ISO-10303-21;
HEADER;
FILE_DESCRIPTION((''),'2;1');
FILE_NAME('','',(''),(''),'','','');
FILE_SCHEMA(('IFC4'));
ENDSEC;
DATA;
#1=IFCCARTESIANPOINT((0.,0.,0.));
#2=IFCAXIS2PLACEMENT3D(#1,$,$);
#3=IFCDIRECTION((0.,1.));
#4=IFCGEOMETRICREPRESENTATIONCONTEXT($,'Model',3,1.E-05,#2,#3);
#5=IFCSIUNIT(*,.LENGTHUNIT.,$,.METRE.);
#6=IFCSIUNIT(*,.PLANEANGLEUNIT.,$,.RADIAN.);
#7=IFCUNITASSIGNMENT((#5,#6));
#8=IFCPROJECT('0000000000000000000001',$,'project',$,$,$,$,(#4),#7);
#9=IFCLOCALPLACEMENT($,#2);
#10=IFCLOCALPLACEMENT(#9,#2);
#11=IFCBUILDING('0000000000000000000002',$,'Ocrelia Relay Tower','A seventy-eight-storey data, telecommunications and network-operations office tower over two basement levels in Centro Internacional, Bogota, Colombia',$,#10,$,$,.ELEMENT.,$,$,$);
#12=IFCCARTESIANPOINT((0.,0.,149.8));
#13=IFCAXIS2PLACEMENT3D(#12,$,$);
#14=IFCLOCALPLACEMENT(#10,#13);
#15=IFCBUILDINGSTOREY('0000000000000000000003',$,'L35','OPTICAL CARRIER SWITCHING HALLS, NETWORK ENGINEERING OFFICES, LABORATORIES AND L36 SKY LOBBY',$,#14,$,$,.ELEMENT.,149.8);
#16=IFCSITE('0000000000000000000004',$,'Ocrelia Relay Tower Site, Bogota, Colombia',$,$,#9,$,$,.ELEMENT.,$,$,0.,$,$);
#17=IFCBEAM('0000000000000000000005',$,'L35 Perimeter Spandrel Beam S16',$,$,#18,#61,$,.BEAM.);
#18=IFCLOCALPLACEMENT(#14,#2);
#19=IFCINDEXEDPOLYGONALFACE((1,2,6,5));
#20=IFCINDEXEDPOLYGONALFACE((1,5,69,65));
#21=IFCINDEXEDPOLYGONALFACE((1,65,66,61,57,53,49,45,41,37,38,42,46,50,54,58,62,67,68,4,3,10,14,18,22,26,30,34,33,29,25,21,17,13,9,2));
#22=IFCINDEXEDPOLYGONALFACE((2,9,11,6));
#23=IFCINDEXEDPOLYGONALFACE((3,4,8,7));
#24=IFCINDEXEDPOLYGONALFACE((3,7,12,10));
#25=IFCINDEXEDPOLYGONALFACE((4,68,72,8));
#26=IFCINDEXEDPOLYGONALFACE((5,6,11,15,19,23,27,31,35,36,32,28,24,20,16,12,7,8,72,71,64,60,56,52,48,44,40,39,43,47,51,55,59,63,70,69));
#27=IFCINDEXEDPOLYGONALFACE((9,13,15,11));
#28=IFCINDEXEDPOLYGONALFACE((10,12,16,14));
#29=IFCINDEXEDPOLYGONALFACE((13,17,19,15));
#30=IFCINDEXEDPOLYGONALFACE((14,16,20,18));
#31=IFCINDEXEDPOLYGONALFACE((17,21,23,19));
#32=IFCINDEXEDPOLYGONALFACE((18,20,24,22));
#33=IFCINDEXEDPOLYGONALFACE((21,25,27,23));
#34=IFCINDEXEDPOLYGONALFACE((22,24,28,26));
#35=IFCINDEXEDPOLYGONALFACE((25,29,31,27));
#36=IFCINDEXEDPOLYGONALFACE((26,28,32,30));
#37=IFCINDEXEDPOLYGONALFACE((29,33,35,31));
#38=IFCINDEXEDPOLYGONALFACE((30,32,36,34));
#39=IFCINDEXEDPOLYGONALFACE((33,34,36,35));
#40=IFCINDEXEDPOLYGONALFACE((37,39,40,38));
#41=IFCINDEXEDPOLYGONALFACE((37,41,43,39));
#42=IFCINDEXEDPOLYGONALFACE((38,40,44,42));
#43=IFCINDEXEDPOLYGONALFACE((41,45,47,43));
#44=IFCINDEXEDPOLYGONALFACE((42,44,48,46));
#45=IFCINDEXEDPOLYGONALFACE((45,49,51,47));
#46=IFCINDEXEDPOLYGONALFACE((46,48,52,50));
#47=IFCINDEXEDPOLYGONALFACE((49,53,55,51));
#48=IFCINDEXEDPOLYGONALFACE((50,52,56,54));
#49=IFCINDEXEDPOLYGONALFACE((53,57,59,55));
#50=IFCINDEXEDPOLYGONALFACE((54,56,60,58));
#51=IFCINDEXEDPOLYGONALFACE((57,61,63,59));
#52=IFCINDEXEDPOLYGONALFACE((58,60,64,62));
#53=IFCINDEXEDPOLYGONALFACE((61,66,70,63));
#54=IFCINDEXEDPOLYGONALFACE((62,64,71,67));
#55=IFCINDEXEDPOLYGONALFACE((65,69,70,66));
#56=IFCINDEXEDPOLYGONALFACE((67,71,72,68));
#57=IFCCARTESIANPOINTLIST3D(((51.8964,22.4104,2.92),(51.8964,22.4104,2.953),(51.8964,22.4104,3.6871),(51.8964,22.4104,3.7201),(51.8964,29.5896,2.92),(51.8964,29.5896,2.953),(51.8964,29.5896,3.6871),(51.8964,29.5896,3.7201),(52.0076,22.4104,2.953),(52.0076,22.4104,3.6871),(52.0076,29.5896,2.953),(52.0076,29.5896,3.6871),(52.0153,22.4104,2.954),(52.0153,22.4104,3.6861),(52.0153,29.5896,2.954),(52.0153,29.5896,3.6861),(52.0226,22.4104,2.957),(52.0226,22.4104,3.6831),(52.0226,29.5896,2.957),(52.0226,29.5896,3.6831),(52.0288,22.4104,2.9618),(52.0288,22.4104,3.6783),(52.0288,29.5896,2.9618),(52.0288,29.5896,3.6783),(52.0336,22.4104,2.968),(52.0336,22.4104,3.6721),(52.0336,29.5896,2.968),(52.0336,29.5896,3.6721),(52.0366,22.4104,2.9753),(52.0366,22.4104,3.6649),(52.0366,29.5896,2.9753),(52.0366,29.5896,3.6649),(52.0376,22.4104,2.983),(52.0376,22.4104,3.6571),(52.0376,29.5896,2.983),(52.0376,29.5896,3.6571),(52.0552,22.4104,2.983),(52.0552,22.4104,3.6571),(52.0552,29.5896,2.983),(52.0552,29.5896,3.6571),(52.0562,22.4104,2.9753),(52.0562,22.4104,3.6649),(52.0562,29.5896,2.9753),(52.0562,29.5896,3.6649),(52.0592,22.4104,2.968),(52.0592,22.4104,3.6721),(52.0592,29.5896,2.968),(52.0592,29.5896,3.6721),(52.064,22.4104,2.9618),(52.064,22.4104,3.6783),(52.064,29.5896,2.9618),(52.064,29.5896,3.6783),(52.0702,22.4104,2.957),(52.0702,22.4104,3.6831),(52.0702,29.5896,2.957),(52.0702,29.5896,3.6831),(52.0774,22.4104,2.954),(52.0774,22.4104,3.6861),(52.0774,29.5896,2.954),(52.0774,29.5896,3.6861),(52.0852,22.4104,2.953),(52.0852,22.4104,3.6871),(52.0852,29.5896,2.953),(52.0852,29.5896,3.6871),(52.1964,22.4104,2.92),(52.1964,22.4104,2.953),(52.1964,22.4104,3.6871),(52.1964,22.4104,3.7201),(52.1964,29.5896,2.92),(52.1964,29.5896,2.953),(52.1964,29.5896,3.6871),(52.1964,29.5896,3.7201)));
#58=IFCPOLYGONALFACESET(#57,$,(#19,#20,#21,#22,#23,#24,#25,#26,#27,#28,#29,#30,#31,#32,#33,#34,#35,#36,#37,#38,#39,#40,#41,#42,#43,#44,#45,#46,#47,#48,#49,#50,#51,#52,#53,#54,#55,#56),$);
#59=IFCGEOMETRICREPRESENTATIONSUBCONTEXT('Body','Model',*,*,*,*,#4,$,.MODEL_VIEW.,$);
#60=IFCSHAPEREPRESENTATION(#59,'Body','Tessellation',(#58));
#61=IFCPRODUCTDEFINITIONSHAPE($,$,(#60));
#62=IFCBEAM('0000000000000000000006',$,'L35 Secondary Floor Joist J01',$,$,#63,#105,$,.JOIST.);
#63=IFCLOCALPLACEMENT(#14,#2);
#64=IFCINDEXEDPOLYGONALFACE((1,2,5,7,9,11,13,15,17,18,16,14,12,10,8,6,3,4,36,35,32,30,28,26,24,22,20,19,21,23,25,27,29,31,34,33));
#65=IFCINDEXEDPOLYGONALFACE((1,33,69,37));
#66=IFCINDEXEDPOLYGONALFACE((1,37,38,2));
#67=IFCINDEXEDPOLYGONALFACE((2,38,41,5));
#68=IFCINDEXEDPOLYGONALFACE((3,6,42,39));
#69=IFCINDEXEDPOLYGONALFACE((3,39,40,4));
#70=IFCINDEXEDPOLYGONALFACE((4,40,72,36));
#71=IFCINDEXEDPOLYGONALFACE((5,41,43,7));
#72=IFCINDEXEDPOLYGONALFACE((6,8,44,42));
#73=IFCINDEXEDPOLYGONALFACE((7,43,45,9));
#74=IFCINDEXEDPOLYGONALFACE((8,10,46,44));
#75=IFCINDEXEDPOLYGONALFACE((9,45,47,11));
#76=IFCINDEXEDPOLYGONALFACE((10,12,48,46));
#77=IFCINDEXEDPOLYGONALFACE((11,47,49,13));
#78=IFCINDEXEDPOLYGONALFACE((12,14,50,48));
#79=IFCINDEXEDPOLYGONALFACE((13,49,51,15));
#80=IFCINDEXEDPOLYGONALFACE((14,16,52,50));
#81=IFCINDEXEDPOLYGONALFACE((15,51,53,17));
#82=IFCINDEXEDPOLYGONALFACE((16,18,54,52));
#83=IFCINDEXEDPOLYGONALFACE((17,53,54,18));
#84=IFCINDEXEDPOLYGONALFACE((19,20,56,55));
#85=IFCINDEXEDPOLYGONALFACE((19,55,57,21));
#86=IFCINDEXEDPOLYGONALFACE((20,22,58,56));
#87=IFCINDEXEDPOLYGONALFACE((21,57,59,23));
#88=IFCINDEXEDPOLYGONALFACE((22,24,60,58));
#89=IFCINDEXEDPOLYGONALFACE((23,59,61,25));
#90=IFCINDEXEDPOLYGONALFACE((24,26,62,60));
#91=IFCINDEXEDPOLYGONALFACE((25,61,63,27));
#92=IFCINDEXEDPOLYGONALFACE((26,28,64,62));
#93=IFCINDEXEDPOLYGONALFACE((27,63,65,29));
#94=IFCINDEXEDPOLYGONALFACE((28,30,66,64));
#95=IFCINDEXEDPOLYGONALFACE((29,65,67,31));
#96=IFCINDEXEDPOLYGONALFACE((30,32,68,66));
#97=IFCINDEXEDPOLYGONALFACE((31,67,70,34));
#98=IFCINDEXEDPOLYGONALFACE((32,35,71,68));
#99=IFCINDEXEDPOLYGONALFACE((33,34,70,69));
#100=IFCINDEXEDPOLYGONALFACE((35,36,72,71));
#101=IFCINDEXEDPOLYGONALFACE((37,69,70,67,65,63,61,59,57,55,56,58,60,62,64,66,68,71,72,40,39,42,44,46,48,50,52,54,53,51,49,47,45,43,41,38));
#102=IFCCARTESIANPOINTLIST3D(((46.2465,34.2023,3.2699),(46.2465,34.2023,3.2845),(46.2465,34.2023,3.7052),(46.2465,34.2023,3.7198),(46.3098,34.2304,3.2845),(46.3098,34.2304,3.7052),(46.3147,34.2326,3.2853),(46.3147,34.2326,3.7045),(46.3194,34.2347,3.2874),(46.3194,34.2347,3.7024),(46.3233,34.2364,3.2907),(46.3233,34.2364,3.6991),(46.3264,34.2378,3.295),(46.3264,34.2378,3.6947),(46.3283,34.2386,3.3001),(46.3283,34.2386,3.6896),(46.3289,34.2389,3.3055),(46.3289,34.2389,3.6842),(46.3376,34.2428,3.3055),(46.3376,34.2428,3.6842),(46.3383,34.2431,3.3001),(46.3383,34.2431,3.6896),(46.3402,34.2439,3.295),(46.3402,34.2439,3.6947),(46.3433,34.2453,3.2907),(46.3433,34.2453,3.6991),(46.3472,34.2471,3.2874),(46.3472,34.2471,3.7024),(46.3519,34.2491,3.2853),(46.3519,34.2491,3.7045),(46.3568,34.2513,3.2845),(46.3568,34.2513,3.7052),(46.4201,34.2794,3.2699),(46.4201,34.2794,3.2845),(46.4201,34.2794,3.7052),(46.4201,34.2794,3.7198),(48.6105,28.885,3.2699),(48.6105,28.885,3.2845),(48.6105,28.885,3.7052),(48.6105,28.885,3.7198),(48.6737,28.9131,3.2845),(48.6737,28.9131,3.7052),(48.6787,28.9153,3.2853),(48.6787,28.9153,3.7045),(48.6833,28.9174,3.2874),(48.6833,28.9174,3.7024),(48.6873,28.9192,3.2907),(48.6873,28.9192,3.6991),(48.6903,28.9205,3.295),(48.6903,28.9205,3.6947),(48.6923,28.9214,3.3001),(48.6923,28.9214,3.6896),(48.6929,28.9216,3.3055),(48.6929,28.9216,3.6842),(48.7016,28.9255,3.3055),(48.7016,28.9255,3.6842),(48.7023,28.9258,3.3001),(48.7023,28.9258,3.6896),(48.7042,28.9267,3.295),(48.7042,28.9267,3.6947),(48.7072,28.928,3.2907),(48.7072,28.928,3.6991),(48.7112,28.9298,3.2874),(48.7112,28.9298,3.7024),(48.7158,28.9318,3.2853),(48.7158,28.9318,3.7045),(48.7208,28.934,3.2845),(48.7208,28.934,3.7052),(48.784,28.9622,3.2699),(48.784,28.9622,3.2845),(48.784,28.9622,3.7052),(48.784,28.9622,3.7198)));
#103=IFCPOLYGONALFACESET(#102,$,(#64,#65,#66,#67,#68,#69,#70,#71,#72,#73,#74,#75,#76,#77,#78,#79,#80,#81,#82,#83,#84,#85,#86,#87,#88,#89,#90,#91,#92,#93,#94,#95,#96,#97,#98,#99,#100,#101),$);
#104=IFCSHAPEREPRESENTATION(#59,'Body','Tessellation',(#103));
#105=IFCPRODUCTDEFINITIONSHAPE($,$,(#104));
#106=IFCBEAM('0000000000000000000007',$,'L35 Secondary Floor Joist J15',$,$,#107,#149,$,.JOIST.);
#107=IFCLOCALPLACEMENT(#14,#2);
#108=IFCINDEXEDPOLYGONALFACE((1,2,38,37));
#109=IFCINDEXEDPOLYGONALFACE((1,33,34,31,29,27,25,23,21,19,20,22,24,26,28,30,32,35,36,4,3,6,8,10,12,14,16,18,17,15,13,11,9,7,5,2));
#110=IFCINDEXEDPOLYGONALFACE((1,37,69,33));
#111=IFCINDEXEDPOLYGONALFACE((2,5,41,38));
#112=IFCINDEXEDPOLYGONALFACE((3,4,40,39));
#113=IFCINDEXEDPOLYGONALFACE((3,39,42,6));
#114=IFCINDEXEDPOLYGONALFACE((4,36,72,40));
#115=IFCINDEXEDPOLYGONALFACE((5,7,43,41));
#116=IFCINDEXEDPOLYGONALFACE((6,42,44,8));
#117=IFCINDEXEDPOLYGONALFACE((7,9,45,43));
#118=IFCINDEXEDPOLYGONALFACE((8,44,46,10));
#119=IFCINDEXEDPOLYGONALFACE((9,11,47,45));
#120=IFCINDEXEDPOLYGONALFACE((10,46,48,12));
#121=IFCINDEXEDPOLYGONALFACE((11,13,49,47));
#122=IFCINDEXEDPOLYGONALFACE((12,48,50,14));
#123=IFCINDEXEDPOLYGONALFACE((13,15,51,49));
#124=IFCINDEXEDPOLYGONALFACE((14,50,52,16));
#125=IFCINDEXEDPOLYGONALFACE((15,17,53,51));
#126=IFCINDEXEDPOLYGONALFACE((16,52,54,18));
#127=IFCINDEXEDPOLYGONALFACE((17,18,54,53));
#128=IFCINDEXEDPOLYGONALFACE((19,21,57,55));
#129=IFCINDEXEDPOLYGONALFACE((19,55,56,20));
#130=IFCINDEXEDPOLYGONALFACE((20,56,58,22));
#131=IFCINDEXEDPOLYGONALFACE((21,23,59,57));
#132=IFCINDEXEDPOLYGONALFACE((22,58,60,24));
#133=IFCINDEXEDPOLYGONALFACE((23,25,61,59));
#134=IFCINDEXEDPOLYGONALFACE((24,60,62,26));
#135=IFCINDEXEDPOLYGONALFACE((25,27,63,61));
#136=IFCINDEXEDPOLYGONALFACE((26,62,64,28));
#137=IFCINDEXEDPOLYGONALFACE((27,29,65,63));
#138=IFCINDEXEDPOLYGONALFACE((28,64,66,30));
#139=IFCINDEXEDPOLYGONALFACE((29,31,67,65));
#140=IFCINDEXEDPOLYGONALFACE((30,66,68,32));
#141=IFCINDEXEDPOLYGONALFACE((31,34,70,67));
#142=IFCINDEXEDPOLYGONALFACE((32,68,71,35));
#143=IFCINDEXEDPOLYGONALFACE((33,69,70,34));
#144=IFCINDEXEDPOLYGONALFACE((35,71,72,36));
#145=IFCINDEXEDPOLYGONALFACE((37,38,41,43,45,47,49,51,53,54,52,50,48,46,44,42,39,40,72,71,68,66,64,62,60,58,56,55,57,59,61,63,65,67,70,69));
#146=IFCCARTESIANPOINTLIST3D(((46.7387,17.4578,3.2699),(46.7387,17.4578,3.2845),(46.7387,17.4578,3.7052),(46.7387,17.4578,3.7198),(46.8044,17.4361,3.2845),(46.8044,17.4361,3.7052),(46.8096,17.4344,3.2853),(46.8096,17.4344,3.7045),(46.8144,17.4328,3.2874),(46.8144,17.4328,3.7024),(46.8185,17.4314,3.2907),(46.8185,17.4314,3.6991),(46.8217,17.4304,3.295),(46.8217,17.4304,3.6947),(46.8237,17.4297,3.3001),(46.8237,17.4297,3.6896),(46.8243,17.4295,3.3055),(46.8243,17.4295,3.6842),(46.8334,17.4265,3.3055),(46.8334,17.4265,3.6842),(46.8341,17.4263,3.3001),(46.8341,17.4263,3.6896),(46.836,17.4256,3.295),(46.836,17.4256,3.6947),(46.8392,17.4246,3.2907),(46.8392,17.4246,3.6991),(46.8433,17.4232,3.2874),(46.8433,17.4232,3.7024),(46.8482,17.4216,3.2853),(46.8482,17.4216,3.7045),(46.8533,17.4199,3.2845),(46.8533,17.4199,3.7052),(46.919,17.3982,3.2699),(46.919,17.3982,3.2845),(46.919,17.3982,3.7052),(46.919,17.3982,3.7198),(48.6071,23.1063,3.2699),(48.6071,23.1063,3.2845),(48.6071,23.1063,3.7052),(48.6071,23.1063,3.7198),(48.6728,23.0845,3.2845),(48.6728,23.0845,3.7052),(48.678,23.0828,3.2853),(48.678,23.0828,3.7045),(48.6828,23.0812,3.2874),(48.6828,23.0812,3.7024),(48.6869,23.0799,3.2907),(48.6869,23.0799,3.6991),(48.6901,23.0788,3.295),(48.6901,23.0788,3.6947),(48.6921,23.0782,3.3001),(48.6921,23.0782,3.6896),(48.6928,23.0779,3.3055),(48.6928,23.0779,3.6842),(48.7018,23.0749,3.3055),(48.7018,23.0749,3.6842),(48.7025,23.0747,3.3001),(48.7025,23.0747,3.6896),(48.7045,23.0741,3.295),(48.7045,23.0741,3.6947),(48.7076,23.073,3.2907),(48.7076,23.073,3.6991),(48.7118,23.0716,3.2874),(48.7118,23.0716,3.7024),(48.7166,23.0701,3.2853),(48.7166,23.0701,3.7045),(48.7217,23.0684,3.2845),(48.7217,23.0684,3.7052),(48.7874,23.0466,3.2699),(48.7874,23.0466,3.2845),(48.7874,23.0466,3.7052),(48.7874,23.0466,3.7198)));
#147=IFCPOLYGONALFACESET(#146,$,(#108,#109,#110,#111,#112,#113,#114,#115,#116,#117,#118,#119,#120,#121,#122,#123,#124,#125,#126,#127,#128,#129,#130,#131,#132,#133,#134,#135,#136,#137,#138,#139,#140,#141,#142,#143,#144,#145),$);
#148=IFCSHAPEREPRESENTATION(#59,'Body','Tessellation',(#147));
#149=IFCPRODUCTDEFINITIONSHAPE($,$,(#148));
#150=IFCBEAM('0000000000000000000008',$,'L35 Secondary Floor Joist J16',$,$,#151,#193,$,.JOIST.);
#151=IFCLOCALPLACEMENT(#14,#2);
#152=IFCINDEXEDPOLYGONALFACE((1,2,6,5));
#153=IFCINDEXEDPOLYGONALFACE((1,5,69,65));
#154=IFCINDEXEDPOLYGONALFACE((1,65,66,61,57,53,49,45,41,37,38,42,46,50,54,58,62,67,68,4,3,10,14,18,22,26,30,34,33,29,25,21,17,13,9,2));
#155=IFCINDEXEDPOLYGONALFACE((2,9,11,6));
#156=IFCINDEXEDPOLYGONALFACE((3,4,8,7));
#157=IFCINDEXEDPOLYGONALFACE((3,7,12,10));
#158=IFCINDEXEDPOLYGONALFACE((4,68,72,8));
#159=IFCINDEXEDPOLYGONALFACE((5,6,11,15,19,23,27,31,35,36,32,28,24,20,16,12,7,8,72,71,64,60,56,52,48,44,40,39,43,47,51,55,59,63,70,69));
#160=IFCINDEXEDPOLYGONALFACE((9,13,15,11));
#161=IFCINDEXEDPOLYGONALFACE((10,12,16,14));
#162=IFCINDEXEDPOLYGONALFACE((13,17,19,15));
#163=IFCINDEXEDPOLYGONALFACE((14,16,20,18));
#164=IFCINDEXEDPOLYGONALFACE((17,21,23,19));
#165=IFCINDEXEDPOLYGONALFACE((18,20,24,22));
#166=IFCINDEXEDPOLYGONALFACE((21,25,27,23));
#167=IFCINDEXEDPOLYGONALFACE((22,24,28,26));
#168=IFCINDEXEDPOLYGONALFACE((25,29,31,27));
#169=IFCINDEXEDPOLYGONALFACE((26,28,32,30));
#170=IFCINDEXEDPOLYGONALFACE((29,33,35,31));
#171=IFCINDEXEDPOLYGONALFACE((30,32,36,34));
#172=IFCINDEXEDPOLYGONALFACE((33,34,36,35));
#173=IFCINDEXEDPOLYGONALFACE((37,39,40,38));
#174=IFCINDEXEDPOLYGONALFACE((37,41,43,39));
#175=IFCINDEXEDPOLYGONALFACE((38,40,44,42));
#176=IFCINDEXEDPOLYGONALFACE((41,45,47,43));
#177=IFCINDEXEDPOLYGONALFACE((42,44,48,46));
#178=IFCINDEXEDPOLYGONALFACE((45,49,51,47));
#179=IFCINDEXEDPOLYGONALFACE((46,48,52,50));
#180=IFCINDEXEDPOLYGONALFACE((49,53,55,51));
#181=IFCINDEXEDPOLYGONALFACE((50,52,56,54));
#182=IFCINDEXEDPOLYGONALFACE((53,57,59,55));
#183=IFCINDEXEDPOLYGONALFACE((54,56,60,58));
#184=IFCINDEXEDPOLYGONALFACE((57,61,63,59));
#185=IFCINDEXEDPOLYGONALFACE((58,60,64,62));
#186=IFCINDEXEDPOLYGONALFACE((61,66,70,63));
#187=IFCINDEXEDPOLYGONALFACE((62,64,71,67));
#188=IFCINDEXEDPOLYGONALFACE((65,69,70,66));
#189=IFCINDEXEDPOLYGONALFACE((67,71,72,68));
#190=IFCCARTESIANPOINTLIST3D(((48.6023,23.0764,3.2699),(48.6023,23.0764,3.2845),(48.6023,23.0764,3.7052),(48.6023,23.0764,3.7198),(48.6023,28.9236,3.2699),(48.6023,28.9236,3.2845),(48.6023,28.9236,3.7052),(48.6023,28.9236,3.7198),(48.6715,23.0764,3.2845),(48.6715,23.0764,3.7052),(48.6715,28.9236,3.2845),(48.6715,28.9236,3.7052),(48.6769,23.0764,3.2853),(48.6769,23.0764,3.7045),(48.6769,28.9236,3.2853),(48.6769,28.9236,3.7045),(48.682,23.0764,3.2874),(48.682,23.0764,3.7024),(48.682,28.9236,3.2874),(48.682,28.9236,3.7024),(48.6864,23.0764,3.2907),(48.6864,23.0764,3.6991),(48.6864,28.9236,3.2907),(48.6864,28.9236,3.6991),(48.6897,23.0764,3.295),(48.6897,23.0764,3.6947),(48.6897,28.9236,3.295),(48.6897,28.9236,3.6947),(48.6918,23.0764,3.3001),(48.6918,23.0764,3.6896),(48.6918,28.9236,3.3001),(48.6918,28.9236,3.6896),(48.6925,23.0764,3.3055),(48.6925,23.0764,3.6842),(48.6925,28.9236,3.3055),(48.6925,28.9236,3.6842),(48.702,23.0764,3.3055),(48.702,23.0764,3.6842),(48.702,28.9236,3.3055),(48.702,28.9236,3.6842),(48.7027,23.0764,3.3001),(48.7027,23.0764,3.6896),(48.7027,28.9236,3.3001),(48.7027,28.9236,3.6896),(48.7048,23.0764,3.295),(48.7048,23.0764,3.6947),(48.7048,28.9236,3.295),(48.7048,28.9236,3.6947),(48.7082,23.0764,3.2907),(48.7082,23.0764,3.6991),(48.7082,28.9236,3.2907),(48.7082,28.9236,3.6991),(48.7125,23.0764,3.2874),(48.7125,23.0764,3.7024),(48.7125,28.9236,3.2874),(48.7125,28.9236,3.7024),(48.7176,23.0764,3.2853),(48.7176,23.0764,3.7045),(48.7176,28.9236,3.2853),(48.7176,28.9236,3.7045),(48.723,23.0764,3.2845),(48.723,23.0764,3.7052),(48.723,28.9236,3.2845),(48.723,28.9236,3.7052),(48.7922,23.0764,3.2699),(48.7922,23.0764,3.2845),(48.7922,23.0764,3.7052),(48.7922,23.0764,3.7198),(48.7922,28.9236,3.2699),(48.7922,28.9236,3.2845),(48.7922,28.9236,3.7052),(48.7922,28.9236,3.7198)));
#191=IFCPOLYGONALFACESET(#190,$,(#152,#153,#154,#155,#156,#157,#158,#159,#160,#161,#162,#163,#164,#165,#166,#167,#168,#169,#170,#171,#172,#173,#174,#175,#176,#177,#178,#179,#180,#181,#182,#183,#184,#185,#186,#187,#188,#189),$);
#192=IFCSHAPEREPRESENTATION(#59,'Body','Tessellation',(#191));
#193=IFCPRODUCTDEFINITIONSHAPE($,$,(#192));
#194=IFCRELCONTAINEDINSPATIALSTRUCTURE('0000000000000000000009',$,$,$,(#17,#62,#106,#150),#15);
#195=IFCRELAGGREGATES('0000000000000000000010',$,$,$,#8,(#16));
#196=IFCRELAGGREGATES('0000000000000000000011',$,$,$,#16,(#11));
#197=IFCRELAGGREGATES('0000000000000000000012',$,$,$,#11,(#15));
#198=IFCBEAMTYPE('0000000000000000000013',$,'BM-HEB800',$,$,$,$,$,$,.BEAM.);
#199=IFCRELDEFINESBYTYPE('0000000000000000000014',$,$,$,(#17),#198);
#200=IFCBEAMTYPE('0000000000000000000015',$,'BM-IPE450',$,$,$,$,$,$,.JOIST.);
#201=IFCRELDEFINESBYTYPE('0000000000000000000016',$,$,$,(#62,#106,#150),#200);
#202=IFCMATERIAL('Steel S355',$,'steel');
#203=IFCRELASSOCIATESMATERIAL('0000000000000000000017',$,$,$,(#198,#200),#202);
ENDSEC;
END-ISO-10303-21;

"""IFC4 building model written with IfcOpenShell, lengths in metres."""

from ifc_helpers import new_model, si_unit, direction, frame, origin, origin_2d, place, context, subcontext, project, spatial, i_section, extrude, material, material_profile, profile_set, type_object, element, save


model = new_model("IFC4")

# Units and contexts
model_context = context("Model", 3, precision=1e-05, world=origin(), true_north=direction((0.0, 1.0)))
body_context = subcontext(model_context, "Body", "Model", "MODEL_VIEW")
ifc_project = project(units=[si_unit("LENGTHUNIT", "METRE"), si_unit("PLANEANGLEUNIT", "RADIAN")], contexts=[model_context])

# Site, building, storey
site_placement = place(None, origin())
site = spatial("IfcSite", under=ifc_project, at=site_placement, Name="Ocrelia Relay Tower Site, Bogota, Colombia", CompositionType="ELEMENT", RefElevation=0.0)
building_placement = place(site_placement, origin())
building = spatial("IfcBuilding", under=site, at=building_placement, Name="Ocrelia Relay Tower", Description="A seventy-eight-storey data, telecommunications and network-operations office tower over two basement levels in Centro Internacional, Bogota, Colombia", CompositionType="ELEMENT")
storey_placement = place(building_placement, frame((0.0, 0.0, 149.8)))
storey = spatial("IfcBuildingStorey", under=building, at=storey_placement, Name="L35", Description="OPTICAL CARRIER SWITCHING HALLS, NETWORK ENGINEERING OFFICES, LABORATORIES AND L36 SKY LOBBY", CompositionType="ELEMENT", Elevation=149.8)

# Beams
ifc_material_1 = material(Name="Steel S355", Category="steel")
ifc_material_profile_1 = material_profile(ifc_material_1, i_section(OverallWidth=0.3, OverallDepth=0.8, WebThickness=0.0176, FlangeThickness=0.033, FilletRadius=0.03, at=origin_2d()), Name="HEB 800")
ifc_profile_set_1 = profile_set([ifc_material_profile_1], Name="Steel S355")
beam_type_1 = type_object("IfcBeamType", Name="BM-HEB800", PredefinedType="BEAM", material=ifc_profile_set_1)
beam_1_placement = place(storey_placement, frame((52.0464, 22.4104, 3.3201), z_axis=(0.0, 1.0, 0.0), x_axis=(-1.0, 0.0, 0.0)))
element("IfcBeam", 1, at=beam_1_placement, inside=storey, type_object=beam_type_1, Name="L35 Perimeter Spandrel Beam S16", PredefinedType="BEAM", context=body_context, shape_type="SweptSolid", body=[
    extrude(i_section(OverallWidth=0.3, OverallDepth=0.8, WebThickness=0.0176, FlangeThickness=0.033, FilletRadius=0.03, at=origin_2d()), origin(), (0.0, 0.0, 1.0), 7.1792),
])
ifc_material_profile_2 = material_profile(ifc_material_1, i_section(OverallWidth=0.1899, OverallDepth=0.45, WebThickness=0.0095, FlangeThickness=0.0146, FilletRadius=0.021, at=origin_2d()), Name="IPE 450")
ifc_profile_set_2 = profile_set([ifc_material_profile_2], Name="Steel S355")
beam_type_2 = type_object("IfcBeamType", Name="BM-IPE450", PredefinedType="JOIST", material=ifc_profile_set_2)
beam_2_placement = place(storey_placement, frame((48.6973, 28.9236, 3.4949), z_axis=(-0.406244, 0.913765, 0.0), x_axis=(-0.913765, -0.406244, 0.0)))
element("IfcBeam", 2, at=beam_2_placement, inside=storey, type_object=beam_type_2, Name="L35 Secondary Floor Joist J01", PredefinedType="JOIST", context=body_context, shape_type="SweptSolid", body=[
    extrude(i_section(OverallWidth=0.1899, OverallDepth=0.45, WebThickness=0.0095, FlangeThickness=0.0146, FilletRadius=0.021, at=origin_2d()), origin(), (0.0, 0.0, 1.0), 5.8191),
])
beam_3_placement = place(storey_placement, frame((46.8289, 17.428, 3.4949), z_axis=(0.314048, 0.949407, 0.0), x_axis=(-0.949407, 0.314048, 0.0)))
element("IfcBeam", 3, at=beam_3_placement, inside=storey, type_object=beam_type_2, Name="L35 Secondary Floor Joist J15", PredefinedType="JOIST", context=body_context, shape_type="SweptSolid", body=[
    extrude(i_section(OverallWidth=0.1899, OverallDepth=0.45, WebThickness=0.0095, FlangeThickness=0.0146, FilletRadius=0.021, at=origin_2d()), origin(), (0.0, 0.0, 1.0), 5.9495),
])
beam_4_placement = place(storey_placement, frame((48.6973, 23.0764, 3.4949), z_axis=(0.0, 1.0, 0.0), x_axis=(-1.0, 0.0, 0.0)))
element("IfcBeam", 4, at=beam_4_placement, inside=storey, type_object=beam_type_2, Name="L35 Secondary Floor Joist J16", PredefinedType="JOIST", context=body_context, shape_type="SweptSolid", body=[
    extrude(i_section(OverallWidth=0.1899, OverallDepth=0.45, WebThickness=0.0095, FlangeThickness=0.0146, FilletRadius=0.021, at=origin_2d()), origin(), (0.0, 0.0, 1.0), 5.8472),
])

save(model, "model.ifc")
